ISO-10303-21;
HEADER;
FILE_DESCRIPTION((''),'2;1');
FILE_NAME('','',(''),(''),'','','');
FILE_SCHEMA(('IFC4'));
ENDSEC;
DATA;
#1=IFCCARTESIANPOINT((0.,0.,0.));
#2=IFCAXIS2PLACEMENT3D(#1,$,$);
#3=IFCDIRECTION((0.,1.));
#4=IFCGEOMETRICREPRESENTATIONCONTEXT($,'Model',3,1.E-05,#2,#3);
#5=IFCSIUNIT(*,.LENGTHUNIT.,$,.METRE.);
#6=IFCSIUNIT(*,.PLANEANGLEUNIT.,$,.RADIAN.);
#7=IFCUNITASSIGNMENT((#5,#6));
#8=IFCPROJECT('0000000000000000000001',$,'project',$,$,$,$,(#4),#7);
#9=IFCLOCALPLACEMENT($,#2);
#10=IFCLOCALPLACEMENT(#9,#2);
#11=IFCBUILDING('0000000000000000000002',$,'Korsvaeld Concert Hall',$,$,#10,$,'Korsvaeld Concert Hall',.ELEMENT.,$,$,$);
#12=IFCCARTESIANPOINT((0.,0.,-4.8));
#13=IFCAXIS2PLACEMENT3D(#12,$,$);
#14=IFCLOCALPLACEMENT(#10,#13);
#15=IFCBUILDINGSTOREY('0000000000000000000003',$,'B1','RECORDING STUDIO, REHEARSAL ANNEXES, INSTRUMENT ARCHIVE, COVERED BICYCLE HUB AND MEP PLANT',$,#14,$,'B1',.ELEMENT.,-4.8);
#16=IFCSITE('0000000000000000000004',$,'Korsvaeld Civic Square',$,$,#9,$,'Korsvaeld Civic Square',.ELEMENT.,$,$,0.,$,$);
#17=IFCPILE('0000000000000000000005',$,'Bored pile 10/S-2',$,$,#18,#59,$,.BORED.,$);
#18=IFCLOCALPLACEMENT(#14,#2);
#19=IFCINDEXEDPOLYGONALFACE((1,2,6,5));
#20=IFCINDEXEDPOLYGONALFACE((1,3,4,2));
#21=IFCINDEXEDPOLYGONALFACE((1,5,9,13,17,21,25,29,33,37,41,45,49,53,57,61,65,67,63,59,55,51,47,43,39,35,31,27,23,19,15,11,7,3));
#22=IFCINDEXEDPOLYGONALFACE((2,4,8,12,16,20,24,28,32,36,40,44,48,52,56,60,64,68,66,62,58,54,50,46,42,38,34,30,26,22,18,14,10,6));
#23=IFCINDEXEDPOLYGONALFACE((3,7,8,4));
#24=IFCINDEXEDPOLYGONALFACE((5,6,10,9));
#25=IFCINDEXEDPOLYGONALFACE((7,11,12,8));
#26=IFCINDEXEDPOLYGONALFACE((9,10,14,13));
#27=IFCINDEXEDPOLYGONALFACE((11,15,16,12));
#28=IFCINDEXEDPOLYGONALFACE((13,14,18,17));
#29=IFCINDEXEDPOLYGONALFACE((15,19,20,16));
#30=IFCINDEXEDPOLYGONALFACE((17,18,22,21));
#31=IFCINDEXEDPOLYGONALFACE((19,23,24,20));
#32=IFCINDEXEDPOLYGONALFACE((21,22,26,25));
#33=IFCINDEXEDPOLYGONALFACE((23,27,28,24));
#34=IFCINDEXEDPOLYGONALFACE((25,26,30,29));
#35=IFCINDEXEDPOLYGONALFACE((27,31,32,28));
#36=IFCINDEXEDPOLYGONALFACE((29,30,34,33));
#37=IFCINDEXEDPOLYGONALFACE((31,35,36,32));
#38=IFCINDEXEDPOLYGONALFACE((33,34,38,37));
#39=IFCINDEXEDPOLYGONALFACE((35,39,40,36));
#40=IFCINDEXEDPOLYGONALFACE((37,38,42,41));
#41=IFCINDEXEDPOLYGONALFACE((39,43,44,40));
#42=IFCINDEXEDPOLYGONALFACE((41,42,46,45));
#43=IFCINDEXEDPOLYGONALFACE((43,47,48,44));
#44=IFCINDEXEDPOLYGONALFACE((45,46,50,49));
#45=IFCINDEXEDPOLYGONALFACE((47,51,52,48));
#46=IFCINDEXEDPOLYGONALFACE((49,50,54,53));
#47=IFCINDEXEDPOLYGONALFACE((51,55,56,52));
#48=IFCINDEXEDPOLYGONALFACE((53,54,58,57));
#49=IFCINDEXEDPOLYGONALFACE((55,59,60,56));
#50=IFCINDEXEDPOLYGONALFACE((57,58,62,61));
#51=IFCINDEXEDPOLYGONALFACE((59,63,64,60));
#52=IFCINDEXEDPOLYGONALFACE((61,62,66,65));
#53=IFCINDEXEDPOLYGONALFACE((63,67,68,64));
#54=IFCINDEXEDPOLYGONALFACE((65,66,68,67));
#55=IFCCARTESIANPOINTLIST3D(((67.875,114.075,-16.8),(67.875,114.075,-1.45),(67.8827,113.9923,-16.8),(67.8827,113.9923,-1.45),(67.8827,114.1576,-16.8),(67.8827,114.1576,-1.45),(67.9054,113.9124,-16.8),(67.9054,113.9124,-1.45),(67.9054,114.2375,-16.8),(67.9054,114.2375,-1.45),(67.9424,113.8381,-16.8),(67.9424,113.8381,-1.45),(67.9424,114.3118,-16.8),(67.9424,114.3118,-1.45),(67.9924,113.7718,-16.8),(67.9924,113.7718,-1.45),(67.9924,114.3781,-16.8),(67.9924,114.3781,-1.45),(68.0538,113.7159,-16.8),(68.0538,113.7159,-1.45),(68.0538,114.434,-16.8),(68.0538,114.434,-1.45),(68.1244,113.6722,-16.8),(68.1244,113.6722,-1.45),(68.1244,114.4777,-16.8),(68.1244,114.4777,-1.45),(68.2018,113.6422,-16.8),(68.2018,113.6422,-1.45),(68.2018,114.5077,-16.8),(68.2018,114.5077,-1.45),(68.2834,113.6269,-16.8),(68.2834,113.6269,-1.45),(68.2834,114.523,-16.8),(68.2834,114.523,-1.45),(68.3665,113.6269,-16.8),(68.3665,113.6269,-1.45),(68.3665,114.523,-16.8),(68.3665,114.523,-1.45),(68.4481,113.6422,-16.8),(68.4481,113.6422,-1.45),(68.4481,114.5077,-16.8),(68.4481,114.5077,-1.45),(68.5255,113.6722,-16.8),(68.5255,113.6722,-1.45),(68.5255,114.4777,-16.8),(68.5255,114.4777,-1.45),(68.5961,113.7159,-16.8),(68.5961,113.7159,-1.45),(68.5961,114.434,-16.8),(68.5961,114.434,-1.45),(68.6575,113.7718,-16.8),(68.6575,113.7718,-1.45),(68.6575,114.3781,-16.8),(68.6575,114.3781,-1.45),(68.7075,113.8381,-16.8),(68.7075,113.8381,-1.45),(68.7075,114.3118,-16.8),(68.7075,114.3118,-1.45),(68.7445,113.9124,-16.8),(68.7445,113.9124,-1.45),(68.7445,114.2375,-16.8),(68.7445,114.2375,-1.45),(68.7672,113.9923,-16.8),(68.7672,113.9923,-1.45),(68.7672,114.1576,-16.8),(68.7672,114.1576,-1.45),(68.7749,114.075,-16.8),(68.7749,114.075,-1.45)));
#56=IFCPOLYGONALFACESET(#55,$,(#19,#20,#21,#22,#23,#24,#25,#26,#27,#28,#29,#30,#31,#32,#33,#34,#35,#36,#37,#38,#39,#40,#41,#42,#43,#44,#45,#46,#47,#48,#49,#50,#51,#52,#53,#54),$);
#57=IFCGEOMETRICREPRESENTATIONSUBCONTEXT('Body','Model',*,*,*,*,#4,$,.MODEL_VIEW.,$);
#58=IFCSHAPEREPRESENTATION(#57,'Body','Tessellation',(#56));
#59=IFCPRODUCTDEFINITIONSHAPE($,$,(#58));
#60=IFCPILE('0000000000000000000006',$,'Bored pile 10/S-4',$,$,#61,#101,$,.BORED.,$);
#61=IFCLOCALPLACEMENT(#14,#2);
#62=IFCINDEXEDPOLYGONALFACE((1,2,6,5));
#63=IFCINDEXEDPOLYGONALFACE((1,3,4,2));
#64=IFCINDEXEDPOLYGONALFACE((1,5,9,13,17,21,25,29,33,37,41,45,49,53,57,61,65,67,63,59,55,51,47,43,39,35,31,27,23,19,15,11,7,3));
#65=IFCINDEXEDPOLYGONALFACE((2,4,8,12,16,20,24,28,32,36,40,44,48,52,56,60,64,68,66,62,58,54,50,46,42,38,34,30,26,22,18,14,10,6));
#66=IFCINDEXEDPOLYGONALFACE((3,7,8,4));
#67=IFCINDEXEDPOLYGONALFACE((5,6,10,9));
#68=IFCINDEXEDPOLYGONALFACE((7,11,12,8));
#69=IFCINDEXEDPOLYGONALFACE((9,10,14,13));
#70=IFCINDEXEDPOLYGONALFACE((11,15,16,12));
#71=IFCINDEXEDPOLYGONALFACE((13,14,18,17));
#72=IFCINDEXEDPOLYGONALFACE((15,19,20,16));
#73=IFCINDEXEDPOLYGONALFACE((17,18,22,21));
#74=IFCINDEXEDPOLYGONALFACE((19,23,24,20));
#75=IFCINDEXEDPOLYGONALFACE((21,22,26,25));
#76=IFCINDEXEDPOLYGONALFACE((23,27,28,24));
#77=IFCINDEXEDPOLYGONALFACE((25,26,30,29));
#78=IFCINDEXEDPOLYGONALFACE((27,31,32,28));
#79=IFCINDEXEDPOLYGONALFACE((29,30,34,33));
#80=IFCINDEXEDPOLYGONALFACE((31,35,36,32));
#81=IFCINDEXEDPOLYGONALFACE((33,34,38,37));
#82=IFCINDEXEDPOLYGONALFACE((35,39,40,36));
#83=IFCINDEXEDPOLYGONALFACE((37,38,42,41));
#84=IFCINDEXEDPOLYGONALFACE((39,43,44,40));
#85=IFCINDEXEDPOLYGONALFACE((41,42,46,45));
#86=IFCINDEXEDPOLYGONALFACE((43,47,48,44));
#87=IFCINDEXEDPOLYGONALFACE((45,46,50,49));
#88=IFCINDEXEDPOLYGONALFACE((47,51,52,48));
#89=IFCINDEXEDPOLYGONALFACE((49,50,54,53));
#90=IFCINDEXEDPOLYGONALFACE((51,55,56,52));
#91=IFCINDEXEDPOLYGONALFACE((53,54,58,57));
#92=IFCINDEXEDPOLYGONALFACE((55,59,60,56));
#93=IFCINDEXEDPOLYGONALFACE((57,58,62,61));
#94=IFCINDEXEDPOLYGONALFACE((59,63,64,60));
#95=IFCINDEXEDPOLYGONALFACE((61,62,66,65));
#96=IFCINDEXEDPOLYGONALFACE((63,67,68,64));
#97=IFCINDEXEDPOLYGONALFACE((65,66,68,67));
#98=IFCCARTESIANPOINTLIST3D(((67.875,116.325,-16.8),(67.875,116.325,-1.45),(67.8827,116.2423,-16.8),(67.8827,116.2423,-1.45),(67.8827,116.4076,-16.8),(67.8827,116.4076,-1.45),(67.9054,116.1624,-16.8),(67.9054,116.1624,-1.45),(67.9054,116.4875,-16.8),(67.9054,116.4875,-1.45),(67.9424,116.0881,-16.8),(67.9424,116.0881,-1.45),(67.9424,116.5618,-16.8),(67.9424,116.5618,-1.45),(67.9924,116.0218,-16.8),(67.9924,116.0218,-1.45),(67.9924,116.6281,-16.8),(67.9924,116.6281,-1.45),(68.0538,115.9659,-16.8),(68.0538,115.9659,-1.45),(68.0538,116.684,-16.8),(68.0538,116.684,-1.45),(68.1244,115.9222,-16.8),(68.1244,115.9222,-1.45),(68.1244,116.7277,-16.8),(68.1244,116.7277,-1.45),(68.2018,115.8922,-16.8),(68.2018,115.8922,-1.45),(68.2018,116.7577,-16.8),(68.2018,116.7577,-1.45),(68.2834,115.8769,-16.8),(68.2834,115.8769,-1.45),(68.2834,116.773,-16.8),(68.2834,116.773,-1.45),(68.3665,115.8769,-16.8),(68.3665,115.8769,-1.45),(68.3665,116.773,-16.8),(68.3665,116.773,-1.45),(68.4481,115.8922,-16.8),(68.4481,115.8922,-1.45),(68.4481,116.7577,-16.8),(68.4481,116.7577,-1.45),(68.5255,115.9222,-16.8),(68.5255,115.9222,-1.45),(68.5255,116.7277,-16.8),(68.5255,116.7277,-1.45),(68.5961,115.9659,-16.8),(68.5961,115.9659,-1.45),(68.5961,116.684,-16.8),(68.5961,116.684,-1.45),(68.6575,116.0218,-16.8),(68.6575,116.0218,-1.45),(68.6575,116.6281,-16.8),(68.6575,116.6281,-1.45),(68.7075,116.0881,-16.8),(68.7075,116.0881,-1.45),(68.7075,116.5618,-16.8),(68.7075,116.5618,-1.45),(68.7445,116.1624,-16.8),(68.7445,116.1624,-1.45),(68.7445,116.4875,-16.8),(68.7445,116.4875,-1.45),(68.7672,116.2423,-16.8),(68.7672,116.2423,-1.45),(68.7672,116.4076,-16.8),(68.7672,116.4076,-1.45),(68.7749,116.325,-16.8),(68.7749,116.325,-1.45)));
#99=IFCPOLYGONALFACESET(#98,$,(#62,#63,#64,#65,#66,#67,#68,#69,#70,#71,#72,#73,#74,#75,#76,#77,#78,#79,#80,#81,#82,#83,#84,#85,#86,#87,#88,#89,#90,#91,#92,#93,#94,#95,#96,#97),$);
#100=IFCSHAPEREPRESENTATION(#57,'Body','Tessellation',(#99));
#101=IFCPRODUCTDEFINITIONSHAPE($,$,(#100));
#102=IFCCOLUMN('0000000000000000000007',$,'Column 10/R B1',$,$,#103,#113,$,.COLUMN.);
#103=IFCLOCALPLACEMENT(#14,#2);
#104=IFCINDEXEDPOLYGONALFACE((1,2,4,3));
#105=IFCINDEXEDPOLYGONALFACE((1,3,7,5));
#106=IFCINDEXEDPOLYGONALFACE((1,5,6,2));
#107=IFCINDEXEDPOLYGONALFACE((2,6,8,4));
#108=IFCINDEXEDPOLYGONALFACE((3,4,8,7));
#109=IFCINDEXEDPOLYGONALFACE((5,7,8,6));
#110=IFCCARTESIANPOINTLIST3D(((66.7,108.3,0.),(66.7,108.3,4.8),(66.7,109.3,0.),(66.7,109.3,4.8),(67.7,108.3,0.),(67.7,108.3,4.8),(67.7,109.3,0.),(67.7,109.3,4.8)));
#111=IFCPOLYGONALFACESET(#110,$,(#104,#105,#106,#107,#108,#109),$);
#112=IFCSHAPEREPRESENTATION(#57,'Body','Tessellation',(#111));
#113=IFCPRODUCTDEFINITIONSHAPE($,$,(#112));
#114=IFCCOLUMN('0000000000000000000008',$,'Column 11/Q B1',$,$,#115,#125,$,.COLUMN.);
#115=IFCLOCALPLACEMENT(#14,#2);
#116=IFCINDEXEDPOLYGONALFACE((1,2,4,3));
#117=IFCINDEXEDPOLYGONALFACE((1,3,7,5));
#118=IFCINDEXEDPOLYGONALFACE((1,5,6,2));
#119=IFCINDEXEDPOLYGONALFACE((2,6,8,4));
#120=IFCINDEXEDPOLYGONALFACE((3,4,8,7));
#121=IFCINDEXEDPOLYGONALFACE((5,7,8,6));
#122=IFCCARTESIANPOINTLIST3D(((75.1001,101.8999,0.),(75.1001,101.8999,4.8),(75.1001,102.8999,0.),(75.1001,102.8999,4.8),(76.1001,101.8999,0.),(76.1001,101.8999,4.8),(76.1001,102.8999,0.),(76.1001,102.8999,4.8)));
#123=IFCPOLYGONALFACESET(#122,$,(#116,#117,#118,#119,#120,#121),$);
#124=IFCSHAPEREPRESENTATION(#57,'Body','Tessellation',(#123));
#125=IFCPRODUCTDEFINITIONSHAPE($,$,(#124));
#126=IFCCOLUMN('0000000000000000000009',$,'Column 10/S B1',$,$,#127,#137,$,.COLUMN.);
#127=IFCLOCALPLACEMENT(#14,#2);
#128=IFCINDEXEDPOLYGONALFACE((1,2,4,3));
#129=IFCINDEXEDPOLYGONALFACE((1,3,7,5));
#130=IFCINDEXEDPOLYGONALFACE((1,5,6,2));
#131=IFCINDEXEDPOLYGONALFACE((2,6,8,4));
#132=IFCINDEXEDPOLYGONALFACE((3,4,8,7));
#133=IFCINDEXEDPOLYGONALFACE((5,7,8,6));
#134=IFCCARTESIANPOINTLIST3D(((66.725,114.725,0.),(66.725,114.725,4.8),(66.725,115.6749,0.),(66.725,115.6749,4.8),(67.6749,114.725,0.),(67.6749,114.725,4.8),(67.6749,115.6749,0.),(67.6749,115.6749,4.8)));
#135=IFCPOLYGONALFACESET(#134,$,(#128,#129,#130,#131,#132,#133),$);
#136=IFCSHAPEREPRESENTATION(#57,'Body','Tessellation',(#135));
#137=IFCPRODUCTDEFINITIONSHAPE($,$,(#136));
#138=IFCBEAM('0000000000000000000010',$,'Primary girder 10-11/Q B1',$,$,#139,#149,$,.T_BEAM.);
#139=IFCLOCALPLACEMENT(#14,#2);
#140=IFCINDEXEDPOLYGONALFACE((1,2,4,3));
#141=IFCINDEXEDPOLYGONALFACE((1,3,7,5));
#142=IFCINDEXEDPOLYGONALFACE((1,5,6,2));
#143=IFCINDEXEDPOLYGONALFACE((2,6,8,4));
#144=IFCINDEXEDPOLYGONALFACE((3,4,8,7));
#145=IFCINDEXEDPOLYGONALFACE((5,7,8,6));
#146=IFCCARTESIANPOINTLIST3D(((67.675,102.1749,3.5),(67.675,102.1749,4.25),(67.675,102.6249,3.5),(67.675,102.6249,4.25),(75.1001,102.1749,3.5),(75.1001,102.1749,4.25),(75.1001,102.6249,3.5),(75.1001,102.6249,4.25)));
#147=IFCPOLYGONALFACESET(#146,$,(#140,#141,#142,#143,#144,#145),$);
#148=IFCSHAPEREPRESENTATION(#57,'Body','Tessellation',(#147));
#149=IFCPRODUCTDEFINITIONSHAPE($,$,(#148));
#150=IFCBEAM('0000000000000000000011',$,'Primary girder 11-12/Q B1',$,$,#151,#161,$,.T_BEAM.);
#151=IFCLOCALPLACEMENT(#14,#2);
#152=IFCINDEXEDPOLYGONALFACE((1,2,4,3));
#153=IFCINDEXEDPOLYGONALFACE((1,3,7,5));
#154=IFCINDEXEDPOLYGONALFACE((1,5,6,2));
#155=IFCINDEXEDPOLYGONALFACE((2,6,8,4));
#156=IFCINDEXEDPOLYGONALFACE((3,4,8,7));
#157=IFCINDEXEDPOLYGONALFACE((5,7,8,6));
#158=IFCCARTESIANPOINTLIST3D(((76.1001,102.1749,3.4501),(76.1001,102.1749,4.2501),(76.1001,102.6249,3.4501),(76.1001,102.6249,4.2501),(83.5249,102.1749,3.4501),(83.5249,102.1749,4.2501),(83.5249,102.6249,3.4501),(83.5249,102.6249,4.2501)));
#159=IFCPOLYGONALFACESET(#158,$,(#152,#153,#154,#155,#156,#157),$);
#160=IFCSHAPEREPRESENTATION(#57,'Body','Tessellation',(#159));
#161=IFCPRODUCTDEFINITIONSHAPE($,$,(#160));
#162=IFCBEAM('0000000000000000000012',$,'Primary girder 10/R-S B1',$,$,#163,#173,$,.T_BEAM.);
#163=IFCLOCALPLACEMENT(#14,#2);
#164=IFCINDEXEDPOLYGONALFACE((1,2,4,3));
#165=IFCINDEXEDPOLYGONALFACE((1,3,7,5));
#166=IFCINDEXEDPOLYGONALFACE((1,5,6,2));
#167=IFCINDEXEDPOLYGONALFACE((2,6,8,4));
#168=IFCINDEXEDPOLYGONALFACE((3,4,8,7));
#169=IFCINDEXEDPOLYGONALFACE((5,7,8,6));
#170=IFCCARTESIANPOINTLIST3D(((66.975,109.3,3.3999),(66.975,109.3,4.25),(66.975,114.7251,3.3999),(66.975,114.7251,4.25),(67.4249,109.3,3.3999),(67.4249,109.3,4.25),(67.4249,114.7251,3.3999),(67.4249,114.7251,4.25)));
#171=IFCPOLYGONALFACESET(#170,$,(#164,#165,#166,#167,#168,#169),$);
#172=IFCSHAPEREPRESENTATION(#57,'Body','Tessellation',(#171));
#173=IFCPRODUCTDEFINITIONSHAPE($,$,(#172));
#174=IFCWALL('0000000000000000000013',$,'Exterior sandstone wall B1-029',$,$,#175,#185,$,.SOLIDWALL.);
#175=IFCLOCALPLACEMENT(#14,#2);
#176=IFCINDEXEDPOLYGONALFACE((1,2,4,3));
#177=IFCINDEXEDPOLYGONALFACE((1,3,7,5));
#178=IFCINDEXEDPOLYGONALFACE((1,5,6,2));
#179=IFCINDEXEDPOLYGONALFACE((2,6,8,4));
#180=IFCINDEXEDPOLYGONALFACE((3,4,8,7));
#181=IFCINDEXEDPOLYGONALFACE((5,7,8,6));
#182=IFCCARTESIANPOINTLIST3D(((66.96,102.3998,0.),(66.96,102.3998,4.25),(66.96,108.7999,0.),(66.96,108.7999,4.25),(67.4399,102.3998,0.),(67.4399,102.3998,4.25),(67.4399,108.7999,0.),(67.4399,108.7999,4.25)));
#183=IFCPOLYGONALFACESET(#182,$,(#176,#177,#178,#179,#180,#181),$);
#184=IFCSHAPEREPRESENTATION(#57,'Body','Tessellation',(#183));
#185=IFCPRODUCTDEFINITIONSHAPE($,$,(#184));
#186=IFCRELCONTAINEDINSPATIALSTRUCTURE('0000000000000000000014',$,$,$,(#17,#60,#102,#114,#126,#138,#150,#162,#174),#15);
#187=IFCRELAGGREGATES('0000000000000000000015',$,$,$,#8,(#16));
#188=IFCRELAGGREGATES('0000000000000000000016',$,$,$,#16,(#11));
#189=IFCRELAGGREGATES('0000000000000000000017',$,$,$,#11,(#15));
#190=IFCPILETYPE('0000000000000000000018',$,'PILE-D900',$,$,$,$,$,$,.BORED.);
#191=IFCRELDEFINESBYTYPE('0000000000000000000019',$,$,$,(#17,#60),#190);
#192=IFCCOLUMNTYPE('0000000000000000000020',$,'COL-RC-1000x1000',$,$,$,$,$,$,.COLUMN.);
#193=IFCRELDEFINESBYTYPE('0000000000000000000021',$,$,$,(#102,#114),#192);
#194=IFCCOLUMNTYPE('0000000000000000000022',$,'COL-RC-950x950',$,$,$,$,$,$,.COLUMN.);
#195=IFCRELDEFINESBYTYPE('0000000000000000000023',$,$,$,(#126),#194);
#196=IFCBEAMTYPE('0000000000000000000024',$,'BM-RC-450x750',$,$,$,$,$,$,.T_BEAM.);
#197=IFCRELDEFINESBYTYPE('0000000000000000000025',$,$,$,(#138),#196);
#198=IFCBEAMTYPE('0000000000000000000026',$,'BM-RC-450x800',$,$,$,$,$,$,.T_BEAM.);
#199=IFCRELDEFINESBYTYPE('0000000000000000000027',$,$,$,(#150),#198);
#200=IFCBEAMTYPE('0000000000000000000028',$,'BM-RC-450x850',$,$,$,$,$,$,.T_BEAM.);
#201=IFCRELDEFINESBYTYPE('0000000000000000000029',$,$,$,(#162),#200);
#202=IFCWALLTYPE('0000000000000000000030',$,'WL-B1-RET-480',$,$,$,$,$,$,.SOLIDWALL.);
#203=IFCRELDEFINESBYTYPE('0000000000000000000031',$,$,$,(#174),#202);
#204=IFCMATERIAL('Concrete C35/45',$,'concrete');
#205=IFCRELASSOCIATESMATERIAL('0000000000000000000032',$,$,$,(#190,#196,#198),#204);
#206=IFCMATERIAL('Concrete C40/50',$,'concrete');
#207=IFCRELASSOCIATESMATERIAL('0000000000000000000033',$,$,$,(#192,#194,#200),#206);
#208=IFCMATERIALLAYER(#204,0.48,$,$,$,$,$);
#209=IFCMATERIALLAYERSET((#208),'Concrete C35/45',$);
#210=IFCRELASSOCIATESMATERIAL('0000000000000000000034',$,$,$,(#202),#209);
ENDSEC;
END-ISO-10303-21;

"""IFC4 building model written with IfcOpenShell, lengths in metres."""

from ifc_helpers import new_model, si_unit, direction, frame, frame_2d, origin, origin_2d, place, context, subcontext, project, spatial, rectangle, circle, extrude, material, layer, layer_set, material_profile, profile_set, type_object, element, save


model = new_model("IFC4")

# Units and contexts
model_context = context("Model", 3, precision=1e-05, world=origin(), true_north=direction((0.0, 1.0)))
body_context = subcontext(model_context, "Body", "Model", "MODEL_VIEW")
ifc_project = project(units=[si_unit("LENGTHUNIT", "METRE"), si_unit("PLANEANGLEUNIT", "RADIAN")], contexts=[model_context])

# Site, building, storey
site_placement = place(None, origin())
site = spatial("IfcSite", under=ifc_project, at=site_placement, Name="Korsvaeld Civic Square", LongName="Korsvaeld Civic Square", CompositionType="ELEMENT", RefElevation=0.0)
building_placement = place(site_placement, origin())
building = spatial("IfcBuilding", under=site, at=building_placement, Name="Korsvaeld Concert Hall", LongName="Korsvaeld Concert Hall", CompositionType="ELEMENT")
storey_placement = place(building_placement, frame((0.0, 0.0, -4.8)))
storey = spatial("IfcBuildingStorey", under=building, at=storey_placement, Name="B1", Description="RECORDING STUDIO, REHEARSAL ANNEXES, INSTRUMENT ARCHIVE, COVERED BICYCLE HUB AND MEP PLANT", LongName="B1", CompositionType="ELEMENT", Elevation=-4.8)

# Shared definitions
ifc_material_1 = material(Name="Concrete C35/45", Category="concrete")

# Piles
ifc_material_2 = material(Name="Concrete C40/50", Category="concrete")
ifc_material_profile_1 = material_profile(ifc_material_1, circle(Radius=0.45, at=origin_2d()), Name="BORED PILE D900")
ifc_profile_set_1 = profile_set([ifc_material_profile_1], Name="Concrete C35/45")
pile_type_1 = type_object("IfcPileType", Name="PILE-D900", PredefinedType="BORED", material=ifc_profile_set_1)
for number, where, z_axis, x_axis, name in (
    (1, (68.325, 114.075, -1.45), (0.0, 0.0, -1.0), (1.0, 0.0, 0.0), "Bored pile 10/S-2"),
    (2, (68.325, 116.325, -1.45), (0.0, 0.0, -1.0), (1.0, 0.0, 0.0), "Bored pile 10/S-4"),
):
    element("IfcPile", number, at=place(storey_placement, frame(where, z_axis=z_axis, x_axis=x_axis)), inside=storey, type_object=pile_type_1, Name=name, PredefinedType="BORED", context=body_context, shape_type="SweptSolid", body=[
        extrude(circle(Radius=0.45, at=origin_2d()), origin(), (0.0, 0.0, 1.0), 15.3501),
    ])

# Columns
ifc_material_profile_2 = material_profile(ifc_material_2, rectangle(XDim=1.0, YDim=1.0, at=origin_2d()), Name="RC 1000x1000")
ifc_profile_set_2 = profile_set([ifc_material_profile_2], Name="Concrete C40/50")
column_type_1 = type_object("IfcColumnType", Name="COL-RC-1000x1000", PredefinedType="COLUMN", material=ifc_profile_set_2)
for number, where, z_axis, x_axis, name in (
    (3, (67.2, 108.8, 0.0), (0.0, 0.0, 1.0), (1.0, 0.0, 0.0), "Column 10/R B1"),
    (4, (75.6001, 102.3999, 0.0), (0.0, 0.0, 1.0), (1.0, 0.0, 0.0), "Column 11/Q B1"),
):
    element("IfcColumn", number, at=place(storey_placement, frame(where, z_axis=z_axis, x_axis=x_axis)), inside=storey, type_object=column_type_1, Name=name, PredefinedType="COLUMN", context=body_context, shape_type="SweptSolid", body=[
        extrude(rectangle(XDim=1.0, YDim=1.0, at=origin_2d()), origin(), (0.0, 0.0, 1.0), 4.8),
    ])
ifc_material_profile_3 = material_profile(ifc_material_2, rectangle(XDim=0.95, YDim=0.95, at=origin_2d()), Name="RC 950x950")
ifc_profile_set_3 = profile_set([ifc_material_profile_3], Name="Concrete C40/50")
column_type_2 = type_object("IfcColumnType", Name="COL-RC-950x950", PredefinedType="COLUMN", material=ifc_profile_set_3)
column_placement = place(storey_placement, frame((67.2, 115.2, 0.0), z_axis=(0.0, 0.0, 1.0), x_axis=(1.0, 0.0, 0.0)))
element("IfcColumn", 5, at=column_placement, inside=storey, type_object=column_type_2, Name="Column 10/S B1", PredefinedType="COLUMN", context=body_context, shape_type="SweptSolid", body=[
    extrude(rectangle(XDim=0.95, YDim=0.95, at=origin_2d()), origin(), (0.0, 0.0, 1.0), 4.8),
])

# Beams
ifc_material_profile_4 = material_profile(ifc_material_1, rectangle(XDim=0.45, YDim=0.75, at=origin_2d()), Name="RC 450x750")
ifc_profile_set_4 = profile_set([ifc_material_profile_4], Name="Concrete C35/45")
beam_type_1 = type_object("IfcBeamType", Name="BM-RC-450x750", PredefinedType="T_BEAM", material=ifc_profile_set_4)
beam_1_placement = place(storey_placement, frame((67.675, 102.3999, 3.875), z_axis=(1.0, 0.0, 0.0), x_axis=(0.0, 1.0, 0.0)))
element("IfcBeam", 6, at=beam_1_placement, inside=storey, type_object=beam_type_1, Name="Primary girder 10-11/Q B1", PredefinedType="T_BEAM", context=body_context, shape_type="SweptSolid", body=[
    extrude(rectangle(XDim=0.45, YDim=0.75, at=origin_2d()), origin(), (0.0, 0.0, 1.0), 7.425),
])
ifc_material_profile_5 = material_profile(ifc_material_1, rectangle(XDim=0.45, YDim=0.8, at=origin_2d()), Name="RC 450x800")
ifc_profile_set_5 = profile_set([ifc_material_profile_5], Name="Concrete C35/45")
beam_type_2 = type_object("IfcBeamType", Name="BM-RC-450x800", PredefinedType="T_BEAM", material=ifc_profile_set_5)
beam_2_placement = place(storey_placement, frame((76.1001, 102.3999, 3.8501), z_axis=(1.0, 0.0, 0.0), x_axis=(0.0, 1.0, 0.0)))
element("IfcBeam", 7, at=beam_2_placement, inside=storey, type_object=beam_type_2, Name="Primary girder 11-12/Q B1", PredefinedType="T_BEAM", context=body_context, shape_type="SweptSolid", body=[
    extrude(rectangle(XDim=0.45, YDim=0.8, at=origin_2d()), origin(), (0.0, 0.0, 1.0), 7.4248),
])
ifc_material_profile_6 = material_profile(ifc_material_2, rectangle(XDim=0.45, YDim=0.8501, at=origin_2d()), Name="RC 450x850")
ifc_profile_set_6 = profile_set([ifc_material_profile_6], Name="Concrete C40/50")
beam_type_3 = type_object("IfcBeamType", Name="BM-RC-450x850", PredefinedType="T_BEAM", material=ifc_profile_set_6)
beam_3_placement = place(storey_placement, frame((67.2, 109.3, 3.825), z_axis=(0.0, 1.0, 0.0), x_axis=(-1.0, 0.0, 0.0)))
element("IfcBeam", 8, at=beam_3_placement, inside=storey, type_object=beam_type_3, Name="Primary girder 10/R-S B1", PredefinedType="T_BEAM", context=body_context, shape_type="SweptSolid", body=[
    extrude(rectangle(XDim=0.45, YDim=0.8501, at=origin_2d()), origin(), (0.0, 0.0, 1.0), 5.425),
])

# Wall
ifc_layer_1 = layer(ifc_material_1, 0.48)
ifc_layer_set_1 = layer_set([ifc_layer_1], Name="Concrete C35/45")
wall_type_1 = type_object("IfcWallType", Name="WL-B1-RET-480", PredefinedType="SOLIDWALL", material=ifc_layer_set_1)
wall_1_placement = place(storey_placement, frame((67.2, 108.8, 0.0), z_axis=(0.0, 0.0, 1.0), x_axis=(0.0, -1.0, 0.0)))
element("IfcWall", 9, at=wall_1_placement, inside=storey, type_object=wall_type_1, Name="Exterior sandstone wall B1-029", PredefinedType="SOLIDWALL", context=body_context, shape_type="SweptSolid", body=[
    extrude(rectangle(XDim=6.4001, YDim=0.48, at=frame_2d((3.2002, 0.0))), origin(), (0.0, 0.0, 1.0), 4.25),
])

save(model, "model.ifc")
